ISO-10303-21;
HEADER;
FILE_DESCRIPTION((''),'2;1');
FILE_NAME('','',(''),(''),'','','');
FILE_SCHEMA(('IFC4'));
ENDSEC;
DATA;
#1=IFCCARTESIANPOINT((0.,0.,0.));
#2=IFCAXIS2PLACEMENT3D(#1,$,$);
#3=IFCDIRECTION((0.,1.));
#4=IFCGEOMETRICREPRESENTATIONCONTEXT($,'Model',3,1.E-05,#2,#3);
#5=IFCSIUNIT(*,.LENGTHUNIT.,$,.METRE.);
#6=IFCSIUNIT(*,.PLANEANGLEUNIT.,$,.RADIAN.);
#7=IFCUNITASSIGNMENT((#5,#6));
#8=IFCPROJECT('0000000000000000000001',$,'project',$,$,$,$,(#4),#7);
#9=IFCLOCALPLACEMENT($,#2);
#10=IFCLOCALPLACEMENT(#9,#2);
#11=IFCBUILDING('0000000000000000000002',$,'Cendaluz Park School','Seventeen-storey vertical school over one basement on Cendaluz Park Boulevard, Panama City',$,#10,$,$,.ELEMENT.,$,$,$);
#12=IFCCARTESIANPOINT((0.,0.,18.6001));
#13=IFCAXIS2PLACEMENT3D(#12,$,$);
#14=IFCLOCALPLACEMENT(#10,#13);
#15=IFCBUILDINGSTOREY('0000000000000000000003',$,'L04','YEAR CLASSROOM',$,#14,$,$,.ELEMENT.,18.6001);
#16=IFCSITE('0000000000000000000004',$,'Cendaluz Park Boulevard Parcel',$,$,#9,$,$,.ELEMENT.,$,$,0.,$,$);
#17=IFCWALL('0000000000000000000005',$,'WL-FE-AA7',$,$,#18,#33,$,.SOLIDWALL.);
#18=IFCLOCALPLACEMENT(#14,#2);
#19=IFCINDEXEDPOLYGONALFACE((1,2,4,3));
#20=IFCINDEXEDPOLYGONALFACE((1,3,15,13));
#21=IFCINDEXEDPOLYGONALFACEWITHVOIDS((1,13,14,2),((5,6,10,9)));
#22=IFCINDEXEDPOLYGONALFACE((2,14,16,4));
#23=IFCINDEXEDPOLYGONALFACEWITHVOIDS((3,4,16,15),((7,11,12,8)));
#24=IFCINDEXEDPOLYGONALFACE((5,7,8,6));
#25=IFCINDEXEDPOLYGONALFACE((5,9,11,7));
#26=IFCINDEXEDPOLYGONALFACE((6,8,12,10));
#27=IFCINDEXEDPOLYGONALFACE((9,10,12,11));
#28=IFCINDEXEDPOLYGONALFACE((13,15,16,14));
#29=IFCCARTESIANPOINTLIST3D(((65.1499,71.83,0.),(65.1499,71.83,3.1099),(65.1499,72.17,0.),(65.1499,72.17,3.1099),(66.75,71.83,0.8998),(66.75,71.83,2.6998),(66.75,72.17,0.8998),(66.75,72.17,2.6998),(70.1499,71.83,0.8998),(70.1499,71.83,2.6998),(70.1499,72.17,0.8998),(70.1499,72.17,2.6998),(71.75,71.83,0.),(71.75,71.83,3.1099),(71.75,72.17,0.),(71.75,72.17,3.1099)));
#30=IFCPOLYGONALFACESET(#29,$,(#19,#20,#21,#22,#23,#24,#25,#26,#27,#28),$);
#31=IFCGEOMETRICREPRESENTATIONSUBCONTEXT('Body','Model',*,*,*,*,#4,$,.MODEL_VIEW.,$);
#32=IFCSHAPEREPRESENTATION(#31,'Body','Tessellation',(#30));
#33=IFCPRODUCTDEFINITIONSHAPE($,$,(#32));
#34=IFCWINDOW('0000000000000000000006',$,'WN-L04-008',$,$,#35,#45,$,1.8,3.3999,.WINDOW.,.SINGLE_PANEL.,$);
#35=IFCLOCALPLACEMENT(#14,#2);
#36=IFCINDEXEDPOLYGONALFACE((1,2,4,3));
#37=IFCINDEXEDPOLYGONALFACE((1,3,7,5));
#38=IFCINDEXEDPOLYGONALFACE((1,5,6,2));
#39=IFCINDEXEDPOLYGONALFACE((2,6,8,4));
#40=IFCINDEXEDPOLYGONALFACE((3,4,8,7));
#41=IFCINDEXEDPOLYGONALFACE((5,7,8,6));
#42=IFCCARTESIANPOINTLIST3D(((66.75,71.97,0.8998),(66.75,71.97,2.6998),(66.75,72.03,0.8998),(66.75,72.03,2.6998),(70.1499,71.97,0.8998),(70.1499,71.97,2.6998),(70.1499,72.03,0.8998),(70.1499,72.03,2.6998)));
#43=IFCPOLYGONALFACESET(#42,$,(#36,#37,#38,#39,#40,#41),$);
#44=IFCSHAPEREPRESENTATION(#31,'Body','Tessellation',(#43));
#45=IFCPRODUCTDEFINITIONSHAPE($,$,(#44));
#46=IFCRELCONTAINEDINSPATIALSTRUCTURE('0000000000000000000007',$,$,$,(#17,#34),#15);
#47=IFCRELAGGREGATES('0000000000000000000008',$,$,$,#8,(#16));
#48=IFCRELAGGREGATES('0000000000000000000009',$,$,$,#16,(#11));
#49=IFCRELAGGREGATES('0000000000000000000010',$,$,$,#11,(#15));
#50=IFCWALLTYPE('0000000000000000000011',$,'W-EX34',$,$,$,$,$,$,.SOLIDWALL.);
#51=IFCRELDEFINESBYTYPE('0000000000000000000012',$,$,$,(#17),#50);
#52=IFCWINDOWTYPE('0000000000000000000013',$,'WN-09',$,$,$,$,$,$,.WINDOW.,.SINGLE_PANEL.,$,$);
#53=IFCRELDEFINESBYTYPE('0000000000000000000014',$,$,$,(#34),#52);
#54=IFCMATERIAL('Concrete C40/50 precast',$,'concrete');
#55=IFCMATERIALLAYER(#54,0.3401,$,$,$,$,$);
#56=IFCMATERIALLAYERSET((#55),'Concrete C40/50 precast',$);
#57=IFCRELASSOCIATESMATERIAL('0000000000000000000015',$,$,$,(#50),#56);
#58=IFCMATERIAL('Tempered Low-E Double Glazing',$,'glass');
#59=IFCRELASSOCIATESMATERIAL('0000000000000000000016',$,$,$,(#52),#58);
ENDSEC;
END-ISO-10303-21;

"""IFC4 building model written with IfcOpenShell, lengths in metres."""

from ifc_helpers import new_model, si_unit, direction, frame, frame_2d, origin, place, context, subcontext, project, spatial, rectangle, extrude, material, layer, layer_set, type_object, element, fill, save


model = new_model("IFC4")

# Units and contexts
model_context = context("Model", 3, precision=1e-05, world=origin(), true_north=direction((0.0, 1.0)))
body_context = subcontext(model_context, "Body", "Model", "MODEL_VIEW")
ifc_project = project(units=[si_unit("LENGTHUNIT", "METRE"), si_unit("PLANEANGLEUNIT", "RADIAN")], contexts=[model_context])

# Site, building, storey
site_placement = place(None, origin())
site = spatial("IfcSite", under=ifc_project, at=site_placement, Name="Cendaluz Park Boulevard Parcel", CompositionType="ELEMENT", RefElevation=0.0)
building_placement = place(site_placement, origin())
building = spatial("IfcBuilding", under=site, at=building_placement, Name="Cendaluz Park School", Description="Seventeen-storey vertical school over one basement on Cendaluz Park Boulevard, Panama City", CompositionType="ELEMENT")
storey_placement = place(building_placement, frame((0.0, 0.0, 18.6001)))
storey = spatial("IfcBuildingStorey", under=building, at=storey_placement, Name="L04", Description="YEAR CLASSROOM", CompositionType="ELEMENT", Elevation=18.6001)

# Shared definitions
ifc_material_1 = material(Name="Tempered Low-E Double Glazing", Category="glass")

# Wall, opening, window
ifc_material_2 = material(Name="Concrete C40/50 precast", Category="concrete")
ifc_layer_1 = layer(ifc_material_2, 0.3401)
ifc_layer_set_1 = layer_set([ifc_layer_1], Name="Concrete C40/50 precast")
wall_type = type_object("IfcWallType", Name="W-EX34", PredefinedType="SOLIDWALL", material=ifc_layer_set_1)
wall_placement = place(storey_placement, frame((65.1499, 72.0, 0.0), z_axis=(0.0, 0.0, 1.0), x_axis=(1.0, 0.0, 0.0)))
wall = element("IfcWall", 1, at=wall_placement, inside=storey, type_object=wall_type, Name="WL-FE-AA7", PredefinedType="SOLIDWALL", context=body_context, shape_type="SweptSolid", body=[
    extrude(rectangle(XDim=6.6001, YDim=0.3401, at=frame_2d((3.3, 0.0))), origin(), (0.0, 0.0, 1.0), 3.1099),
])
opening_placement = place(wall_placement, frame((1.6001, 0.0, 0.8999)))
opening = element("IfcOpeningElement", 2, at=opening_placement, cuts=wall, PredefinedType="OPENING", context=body_context, shape_type="SweptSolid", body=[
    extrude(rectangle(XDim=3.3999, YDim=1.8, at=frame_2d((1.7, 0.8999))), frame((0.0, 0.1821, 0.0), z_axis=(0.0, -1.0, 0.0), x_axis=(1.0, 0.0, 0.0)), (0.0, 0.0, 1.0), 0.364),
])
window_type = type_object("IfcWindowType", Name="WN-09", PartitioningType="SINGLE_PANEL", PredefinedType="WINDOW", material=ifc_material_1)
window_placement = place(opening_placement, origin())
window = element("IfcWindow", 3, at=window_placement, inside=storey, type_object=window_type, Name="WN-L04-008", OverallHeight=1.8, OverallWidth=3.3999, PartitioningType="SINGLE_PANEL", PredefinedType="WINDOW", context=body_context, shape_type="SweptSolid", body=[
    extrude(rectangle(XDim=3.3999, YDim=1.8, at=frame_2d((1.7, 0.8999))), frame((0.0, 0.03, 0.0), z_axis=(0.0, -1.0, 0.0), x_axis=(1.0, 0.0, 0.0)), (0.0, 0.0, 1.0), 0.0601),
])
fill(opening, window)

save(model, "model.ifc")
